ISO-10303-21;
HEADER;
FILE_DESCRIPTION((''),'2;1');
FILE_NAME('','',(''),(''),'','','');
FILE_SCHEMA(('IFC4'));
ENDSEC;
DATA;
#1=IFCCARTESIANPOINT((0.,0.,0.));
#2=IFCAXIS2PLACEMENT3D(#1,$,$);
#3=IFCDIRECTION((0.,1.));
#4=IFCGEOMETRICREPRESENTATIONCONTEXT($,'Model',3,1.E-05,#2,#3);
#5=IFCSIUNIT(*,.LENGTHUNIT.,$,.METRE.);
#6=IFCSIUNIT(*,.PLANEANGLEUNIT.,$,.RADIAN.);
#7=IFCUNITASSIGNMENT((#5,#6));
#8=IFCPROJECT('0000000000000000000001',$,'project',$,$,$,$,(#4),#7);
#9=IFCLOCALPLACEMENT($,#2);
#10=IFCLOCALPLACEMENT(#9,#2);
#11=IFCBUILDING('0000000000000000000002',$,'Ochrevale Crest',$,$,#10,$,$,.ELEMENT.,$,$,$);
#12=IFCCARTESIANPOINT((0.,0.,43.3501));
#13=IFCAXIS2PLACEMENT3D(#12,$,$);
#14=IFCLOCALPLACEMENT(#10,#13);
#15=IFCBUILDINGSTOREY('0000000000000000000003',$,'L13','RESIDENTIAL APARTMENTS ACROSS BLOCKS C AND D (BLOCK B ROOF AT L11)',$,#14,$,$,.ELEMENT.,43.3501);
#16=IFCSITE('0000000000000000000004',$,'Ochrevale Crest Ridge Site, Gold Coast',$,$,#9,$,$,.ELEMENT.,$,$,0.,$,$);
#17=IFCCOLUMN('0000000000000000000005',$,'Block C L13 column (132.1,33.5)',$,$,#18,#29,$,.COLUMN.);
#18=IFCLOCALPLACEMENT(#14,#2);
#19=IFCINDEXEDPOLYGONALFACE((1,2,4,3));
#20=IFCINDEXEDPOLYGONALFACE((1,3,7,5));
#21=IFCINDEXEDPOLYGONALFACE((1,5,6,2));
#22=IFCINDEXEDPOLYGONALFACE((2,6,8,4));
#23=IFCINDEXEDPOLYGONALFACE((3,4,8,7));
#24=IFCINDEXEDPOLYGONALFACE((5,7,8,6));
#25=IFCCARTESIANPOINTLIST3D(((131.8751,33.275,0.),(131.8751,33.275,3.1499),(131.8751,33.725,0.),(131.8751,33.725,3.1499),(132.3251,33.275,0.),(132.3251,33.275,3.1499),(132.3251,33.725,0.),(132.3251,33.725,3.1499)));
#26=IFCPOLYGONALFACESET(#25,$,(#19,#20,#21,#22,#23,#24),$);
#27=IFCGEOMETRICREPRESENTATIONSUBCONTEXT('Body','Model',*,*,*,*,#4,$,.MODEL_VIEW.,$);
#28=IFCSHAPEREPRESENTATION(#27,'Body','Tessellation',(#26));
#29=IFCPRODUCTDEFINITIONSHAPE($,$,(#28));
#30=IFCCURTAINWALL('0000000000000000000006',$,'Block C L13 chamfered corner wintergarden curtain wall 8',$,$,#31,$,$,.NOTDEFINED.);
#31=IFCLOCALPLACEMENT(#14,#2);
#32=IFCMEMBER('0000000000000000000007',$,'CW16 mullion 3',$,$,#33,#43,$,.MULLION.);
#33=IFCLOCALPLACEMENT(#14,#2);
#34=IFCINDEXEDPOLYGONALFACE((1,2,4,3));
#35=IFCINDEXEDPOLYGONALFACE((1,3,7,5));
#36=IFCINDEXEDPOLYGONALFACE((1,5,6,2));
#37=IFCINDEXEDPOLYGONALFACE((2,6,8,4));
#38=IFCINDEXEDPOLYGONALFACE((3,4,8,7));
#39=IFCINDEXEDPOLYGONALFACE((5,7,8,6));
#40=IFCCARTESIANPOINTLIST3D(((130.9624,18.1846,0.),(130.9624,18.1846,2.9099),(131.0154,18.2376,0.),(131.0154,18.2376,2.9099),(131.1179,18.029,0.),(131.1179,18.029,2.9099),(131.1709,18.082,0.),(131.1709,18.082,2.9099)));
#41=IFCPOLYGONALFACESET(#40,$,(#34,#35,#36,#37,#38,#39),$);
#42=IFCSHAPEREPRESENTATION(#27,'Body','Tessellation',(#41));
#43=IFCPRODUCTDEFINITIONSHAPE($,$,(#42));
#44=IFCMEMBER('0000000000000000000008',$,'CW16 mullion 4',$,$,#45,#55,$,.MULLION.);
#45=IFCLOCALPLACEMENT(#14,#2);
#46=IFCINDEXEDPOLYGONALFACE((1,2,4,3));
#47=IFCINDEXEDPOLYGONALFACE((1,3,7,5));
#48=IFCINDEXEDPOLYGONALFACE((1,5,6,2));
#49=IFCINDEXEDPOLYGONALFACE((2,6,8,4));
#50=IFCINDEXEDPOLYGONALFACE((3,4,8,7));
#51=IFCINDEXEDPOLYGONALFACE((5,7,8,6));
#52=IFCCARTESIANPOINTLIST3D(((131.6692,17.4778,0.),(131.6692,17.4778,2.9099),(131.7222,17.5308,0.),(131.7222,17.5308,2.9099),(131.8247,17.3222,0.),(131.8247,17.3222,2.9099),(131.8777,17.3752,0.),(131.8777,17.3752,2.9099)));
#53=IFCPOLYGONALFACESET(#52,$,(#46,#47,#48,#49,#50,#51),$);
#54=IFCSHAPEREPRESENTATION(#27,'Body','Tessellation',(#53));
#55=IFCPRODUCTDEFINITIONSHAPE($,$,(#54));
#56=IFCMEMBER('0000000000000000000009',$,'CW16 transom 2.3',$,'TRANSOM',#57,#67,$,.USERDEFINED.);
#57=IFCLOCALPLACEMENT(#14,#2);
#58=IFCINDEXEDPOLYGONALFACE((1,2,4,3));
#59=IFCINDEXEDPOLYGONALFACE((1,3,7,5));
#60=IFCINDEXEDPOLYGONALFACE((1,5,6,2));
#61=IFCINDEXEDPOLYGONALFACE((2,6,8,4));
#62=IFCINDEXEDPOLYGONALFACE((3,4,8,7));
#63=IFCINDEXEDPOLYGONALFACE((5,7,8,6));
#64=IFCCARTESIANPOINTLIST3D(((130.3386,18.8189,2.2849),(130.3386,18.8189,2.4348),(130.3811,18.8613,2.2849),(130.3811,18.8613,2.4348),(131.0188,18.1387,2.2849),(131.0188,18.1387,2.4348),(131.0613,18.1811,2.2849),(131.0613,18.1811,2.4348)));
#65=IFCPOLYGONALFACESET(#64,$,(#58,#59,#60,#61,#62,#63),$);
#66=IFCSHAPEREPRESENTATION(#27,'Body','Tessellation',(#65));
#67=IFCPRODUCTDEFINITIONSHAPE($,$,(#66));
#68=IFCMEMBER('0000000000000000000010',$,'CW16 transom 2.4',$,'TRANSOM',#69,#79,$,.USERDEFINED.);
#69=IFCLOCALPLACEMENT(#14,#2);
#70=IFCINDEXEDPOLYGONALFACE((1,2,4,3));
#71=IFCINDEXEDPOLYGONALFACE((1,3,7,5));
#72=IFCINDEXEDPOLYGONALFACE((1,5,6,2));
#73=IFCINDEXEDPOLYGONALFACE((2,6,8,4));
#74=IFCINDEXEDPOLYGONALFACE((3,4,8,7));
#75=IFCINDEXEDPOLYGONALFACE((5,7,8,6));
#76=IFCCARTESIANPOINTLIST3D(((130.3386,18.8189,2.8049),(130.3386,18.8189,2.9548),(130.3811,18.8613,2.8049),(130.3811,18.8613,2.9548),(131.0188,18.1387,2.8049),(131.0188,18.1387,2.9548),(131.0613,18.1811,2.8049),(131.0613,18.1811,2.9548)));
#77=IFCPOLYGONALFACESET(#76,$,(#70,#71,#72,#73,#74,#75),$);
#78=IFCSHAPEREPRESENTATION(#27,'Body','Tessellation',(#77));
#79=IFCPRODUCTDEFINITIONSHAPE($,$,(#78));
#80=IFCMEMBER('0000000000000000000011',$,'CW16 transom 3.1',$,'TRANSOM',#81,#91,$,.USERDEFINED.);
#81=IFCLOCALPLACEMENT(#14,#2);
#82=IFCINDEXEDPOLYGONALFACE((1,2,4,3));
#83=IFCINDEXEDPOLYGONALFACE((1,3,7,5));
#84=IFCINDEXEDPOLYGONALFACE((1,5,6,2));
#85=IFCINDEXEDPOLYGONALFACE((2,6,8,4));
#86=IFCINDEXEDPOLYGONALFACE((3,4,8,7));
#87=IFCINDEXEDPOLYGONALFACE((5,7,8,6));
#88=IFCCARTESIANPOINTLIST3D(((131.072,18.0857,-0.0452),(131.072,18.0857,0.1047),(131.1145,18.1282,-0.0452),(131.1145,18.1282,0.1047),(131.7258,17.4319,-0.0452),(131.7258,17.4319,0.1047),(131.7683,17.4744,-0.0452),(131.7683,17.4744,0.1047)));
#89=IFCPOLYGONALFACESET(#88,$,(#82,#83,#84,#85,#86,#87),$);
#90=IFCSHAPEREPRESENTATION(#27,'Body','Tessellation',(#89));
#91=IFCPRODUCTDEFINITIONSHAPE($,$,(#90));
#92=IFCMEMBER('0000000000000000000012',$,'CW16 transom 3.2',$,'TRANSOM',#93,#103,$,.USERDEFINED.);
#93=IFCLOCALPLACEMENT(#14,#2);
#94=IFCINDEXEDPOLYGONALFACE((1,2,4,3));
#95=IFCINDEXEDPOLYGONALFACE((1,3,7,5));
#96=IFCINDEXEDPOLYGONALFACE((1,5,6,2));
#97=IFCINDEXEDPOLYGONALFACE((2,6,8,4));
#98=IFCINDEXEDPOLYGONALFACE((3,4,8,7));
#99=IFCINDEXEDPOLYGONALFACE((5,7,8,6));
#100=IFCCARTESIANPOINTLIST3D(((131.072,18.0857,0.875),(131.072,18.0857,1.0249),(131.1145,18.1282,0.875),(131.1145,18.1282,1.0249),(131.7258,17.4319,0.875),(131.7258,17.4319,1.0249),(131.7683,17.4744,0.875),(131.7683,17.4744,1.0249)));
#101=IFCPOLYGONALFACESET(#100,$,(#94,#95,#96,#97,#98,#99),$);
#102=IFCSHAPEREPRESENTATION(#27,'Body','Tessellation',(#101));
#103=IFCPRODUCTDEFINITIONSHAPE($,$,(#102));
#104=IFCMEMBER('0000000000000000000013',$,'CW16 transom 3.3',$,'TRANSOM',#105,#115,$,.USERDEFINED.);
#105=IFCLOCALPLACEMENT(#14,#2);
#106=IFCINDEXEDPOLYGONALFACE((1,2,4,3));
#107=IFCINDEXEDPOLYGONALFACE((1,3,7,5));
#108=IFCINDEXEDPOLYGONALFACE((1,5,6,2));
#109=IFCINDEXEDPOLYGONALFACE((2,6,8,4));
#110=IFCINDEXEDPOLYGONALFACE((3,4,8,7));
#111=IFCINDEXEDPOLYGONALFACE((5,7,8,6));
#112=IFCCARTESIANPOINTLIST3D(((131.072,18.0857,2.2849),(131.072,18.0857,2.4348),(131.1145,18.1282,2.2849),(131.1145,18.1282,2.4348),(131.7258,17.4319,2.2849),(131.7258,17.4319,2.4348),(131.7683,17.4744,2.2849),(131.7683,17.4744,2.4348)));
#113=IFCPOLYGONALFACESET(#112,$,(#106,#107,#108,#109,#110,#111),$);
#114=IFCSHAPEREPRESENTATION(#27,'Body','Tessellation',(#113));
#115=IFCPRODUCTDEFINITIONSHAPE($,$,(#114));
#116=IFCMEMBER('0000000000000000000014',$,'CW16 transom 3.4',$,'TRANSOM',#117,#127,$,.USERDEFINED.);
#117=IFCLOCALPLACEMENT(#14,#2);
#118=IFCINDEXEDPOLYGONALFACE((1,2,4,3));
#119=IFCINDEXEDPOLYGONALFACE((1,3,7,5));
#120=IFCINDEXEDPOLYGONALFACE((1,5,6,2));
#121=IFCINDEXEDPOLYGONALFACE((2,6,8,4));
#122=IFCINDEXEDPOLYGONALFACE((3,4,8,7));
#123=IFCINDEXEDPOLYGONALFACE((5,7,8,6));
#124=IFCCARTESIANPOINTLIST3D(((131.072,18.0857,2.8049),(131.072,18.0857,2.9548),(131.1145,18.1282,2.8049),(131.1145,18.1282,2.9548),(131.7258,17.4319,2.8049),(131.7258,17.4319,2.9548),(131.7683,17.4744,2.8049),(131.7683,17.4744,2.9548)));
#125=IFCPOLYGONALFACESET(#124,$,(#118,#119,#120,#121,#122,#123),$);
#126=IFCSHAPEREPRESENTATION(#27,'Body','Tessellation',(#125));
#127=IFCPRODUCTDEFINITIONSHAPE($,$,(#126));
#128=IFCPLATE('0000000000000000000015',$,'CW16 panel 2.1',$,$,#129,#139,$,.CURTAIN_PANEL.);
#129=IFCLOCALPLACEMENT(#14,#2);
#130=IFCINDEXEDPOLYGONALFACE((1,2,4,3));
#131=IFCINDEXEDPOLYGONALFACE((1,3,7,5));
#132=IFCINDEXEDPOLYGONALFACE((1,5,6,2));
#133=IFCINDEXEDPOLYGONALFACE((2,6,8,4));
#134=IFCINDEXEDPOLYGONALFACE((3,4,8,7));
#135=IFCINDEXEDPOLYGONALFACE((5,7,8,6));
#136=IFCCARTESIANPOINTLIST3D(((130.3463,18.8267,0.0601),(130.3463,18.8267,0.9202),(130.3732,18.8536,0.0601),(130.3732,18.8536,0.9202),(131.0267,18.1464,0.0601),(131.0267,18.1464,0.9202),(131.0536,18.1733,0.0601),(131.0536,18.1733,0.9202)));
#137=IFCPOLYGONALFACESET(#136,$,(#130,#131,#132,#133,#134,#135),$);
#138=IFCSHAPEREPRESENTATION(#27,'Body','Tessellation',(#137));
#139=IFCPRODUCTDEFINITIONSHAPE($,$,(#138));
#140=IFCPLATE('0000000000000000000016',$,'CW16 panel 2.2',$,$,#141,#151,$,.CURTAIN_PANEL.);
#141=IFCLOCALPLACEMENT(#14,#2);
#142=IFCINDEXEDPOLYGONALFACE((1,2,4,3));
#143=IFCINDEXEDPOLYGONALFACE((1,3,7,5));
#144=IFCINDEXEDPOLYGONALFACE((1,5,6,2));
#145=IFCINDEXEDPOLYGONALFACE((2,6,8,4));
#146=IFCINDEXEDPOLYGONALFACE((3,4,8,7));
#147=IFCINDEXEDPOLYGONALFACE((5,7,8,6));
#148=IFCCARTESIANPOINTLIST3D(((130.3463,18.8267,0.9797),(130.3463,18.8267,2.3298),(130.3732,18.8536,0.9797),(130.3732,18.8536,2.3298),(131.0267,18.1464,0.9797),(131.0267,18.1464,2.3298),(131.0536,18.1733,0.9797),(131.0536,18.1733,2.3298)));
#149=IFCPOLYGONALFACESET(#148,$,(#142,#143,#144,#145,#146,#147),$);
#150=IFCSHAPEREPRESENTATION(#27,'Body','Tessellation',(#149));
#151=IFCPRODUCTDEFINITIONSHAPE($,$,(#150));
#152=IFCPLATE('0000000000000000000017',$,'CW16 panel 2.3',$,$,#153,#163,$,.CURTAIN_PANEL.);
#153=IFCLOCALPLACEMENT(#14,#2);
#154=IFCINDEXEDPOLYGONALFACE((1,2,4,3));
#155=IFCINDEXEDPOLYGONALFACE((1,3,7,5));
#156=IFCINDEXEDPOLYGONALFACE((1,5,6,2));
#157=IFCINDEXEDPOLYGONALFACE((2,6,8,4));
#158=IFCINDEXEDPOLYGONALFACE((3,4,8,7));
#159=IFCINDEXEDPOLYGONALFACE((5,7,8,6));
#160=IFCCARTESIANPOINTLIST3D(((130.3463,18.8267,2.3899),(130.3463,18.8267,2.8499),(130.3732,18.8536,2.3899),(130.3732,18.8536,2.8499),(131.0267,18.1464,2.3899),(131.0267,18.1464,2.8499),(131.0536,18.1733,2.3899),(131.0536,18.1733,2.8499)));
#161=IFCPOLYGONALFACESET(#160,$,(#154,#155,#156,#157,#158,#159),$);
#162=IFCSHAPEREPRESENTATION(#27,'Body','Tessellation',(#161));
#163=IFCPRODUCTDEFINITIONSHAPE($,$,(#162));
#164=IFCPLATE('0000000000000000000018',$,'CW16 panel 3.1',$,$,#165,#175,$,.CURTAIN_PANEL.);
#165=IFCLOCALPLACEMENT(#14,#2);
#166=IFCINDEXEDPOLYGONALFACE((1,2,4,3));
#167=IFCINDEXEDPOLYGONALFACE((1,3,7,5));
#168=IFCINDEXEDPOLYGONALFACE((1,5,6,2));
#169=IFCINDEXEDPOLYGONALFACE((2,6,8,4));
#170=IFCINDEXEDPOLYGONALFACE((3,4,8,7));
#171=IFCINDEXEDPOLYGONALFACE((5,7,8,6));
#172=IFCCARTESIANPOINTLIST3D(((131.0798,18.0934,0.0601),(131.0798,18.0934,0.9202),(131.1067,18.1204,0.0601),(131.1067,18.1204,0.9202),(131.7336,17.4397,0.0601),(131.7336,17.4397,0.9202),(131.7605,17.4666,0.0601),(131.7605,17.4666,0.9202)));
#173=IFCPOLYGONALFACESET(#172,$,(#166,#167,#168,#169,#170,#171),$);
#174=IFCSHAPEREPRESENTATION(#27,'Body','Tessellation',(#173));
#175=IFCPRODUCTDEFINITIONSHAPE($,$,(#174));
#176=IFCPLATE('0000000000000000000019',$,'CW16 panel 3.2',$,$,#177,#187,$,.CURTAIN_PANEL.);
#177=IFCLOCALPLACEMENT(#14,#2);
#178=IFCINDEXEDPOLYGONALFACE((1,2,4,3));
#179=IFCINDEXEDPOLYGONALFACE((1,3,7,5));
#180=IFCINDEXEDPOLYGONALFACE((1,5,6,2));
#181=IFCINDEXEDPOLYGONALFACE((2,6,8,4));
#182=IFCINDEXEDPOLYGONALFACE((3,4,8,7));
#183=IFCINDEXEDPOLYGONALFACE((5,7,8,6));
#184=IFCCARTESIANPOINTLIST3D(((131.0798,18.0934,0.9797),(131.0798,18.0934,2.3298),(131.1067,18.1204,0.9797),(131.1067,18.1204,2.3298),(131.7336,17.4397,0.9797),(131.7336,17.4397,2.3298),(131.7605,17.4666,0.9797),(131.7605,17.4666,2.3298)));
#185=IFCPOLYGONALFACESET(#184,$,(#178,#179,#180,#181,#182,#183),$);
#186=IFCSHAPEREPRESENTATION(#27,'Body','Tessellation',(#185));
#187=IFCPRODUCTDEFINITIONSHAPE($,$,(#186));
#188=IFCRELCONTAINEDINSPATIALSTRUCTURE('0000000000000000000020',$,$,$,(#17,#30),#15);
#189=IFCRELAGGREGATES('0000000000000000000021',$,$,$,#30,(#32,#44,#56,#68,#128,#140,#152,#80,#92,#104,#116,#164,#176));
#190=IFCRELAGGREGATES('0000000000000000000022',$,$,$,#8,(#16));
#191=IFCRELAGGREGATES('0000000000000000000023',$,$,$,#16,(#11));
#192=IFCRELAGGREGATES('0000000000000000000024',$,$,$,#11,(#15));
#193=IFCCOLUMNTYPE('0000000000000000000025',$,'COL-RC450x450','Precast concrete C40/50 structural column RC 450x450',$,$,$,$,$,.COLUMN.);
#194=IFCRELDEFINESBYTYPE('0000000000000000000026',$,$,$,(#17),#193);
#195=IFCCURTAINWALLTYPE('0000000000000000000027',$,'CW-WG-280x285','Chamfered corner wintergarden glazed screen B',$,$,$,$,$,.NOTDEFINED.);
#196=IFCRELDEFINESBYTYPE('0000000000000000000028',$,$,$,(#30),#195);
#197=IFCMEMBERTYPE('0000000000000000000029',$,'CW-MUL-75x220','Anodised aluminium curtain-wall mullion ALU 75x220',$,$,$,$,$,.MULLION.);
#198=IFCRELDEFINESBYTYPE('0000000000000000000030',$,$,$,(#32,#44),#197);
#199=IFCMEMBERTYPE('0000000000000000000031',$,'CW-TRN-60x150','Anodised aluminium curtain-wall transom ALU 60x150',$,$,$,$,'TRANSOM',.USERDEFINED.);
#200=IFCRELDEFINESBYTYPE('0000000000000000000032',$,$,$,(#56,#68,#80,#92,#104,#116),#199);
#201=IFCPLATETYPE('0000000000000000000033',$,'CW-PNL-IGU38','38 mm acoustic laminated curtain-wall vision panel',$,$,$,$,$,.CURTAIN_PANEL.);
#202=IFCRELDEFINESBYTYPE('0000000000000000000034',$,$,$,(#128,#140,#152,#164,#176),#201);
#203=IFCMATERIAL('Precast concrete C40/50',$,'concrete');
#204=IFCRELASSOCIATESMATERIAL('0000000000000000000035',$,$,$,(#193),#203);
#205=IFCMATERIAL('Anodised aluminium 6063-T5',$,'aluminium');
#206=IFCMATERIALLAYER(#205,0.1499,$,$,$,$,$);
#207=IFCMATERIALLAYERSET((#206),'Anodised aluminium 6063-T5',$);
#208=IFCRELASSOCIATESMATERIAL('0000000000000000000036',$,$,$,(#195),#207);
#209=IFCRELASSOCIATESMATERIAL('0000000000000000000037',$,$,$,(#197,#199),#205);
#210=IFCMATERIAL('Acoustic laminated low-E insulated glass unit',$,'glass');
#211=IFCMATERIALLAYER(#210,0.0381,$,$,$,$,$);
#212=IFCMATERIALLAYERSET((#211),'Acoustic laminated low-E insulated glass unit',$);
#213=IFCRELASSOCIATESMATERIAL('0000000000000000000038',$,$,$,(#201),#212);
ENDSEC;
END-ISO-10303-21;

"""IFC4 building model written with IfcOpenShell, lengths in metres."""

from ifc_helpers import new_model, si_unit, direction, frame, origin, origin_2d, place, context, subcontext, project, spatial, rectangle, extrude, material, layer, layer_set, material_profile, profile_set, type_object, element, aggregate, save


model = new_model("IFC4")

# Units and contexts
model_context = context("Model", 3, precision=1e-05, world=origin(), true_north=direction((0.0, 1.0)))
body_context = subcontext(model_context, "Body", "Model", "MODEL_VIEW")
ifc_project = project(units=[si_unit("LENGTHUNIT", "METRE"), si_unit("PLANEANGLEUNIT", "RADIAN")], contexts=[model_context])

# Site, building, storey
site_placement = place(None, origin())
site = spatial("IfcSite", under=ifc_project, at=site_placement, Name="Ochrevale Crest Ridge Site, Gold Coast", CompositionType="ELEMENT", RefElevation=0.0)
building_placement = place(site_placement, origin())
building = spatial("IfcBuilding", under=site, at=building_placement, Name="Ochrevale Crest", CompositionType="ELEMENT")
storey_placement = place(building_placement, frame((0.0, 0.0, 43.3501)))
storey = spatial("IfcBuildingStorey", under=building, at=storey_placement, Name="L13", Description="RESIDENTIAL APARTMENTS ACROSS BLOCKS C AND D (BLOCK B ROOF AT L11)", CompositionType="ELEMENT", Elevation=43.3501)

# Column
ifc_material_1 = material(Name="Precast concrete C40/50", Category="concrete")
ifc_material_profile_1 = material_profile(ifc_material_1, rectangle(XDim=0.45, YDim=0.45, at=origin_2d()), Name="RC 450x450")
ifc_profile_set_1 = profile_set([ifc_material_profile_1], Name="Precast concrete C40/50")
column_type = type_object("IfcColumnType", Name="COL-RC450x450", Description="Precast concrete C40/50 structural column RC 450x450", PredefinedType="COLUMN", material=ifc_profile_set_1)
column_placement = place(storey_placement, frame((132.1001, 33.5, 0.0), z_axis=(0.0, 0.0, 1.0), x_axis=(1.0, 0.0, 0.0)))
element("IfcColumn", 1, at=column_placement, inside=storey, type_object=column_type, Name="Block C L13 column (132.1,33.5)", PredefinedType="COLUMN", context=body_context, shape_type="SweptSolid", body=[
    extrude(rectangle(XDim=0.45, YDim=0.45, at=origin_2d()), origin(), (0.0, 0.0, 1.0), 3.1499),
])

# Curtain wall, members, plates
ifc_material_2 = material(Name="Anodised aluminium 6063-T5", Category="aluminium")
ifc_layer_1 = layer(ifc_material_2, 0.1499)
ifc_layer_set_1 = layer_set([ifc_layer_1], Name="Anodised aluminium 6063-T5")
curtain_wall_type = type_object("IfcCurtainWallType", Name="CW-WG-280x285", Description="Chamfered corner wintergarden glazed screen B", PredefinedType="NOTDEFINED", material=ifc_layer_set_1)
curtain_wall_placement = place(storey_placement, origin())
curtain_wall = element("IfcCurtainWall", 2, at=curtain_wall_placement, inside=storey, type_object=curtain_wall_type, Name="Block C L13 chamfered corner wintergarden curtain wall 8", PredefinedType="NOTDEFINED")
ifc_material_profile_2 = material_profile(ifc_material_2, rectangle(XDim=0.075, YDim=0.22, at=origin_2d()), Name="ALU 75x220")
ifc_profile_set_2 = profile_set([ifc_material_profile_2], Name="Anodised aluminium 6063-T5")
member_type_1 = type_object("IfcMemberType", Name="CW-MUL-75x220", Description="Anodised aluminium curtain-wall mullion ALU 75x220", PredefinedType="MULLION", material=ifc_profile_set_2)
member_1_placement = place(storey_placement, frame((131.0667, 18.1333, 0.0), z_axis=(0.0, 0.0, 1.0), x_axis=(0.707107, 0.707107, 0.0)))
member_1 = element("IfcMember", 3, at=member_1_placement, type_object=member_type_1, Name="CW16 mullion 3", PredefinedType="MULLION", context=body_context, shape_type="SweptSolid", body=[
    extrude(rectangle(XDim=0.075, YDim=0.22, at=origin_2d()), origin(), (0.0, 0.0, 1.0), 2.9099),
])
member_2_placement = place(storey_placement, frame((131.7734, 17.4265, 0.0), z_axis=(0.0, 0.0, 1.0), x_axis=(0.707107, 0.707107, 0.0)))
member_2 = element("IfcMember", 4, at=member_2_placement, type_object=member_type_1, Name="CW16 mullion 4", PredefinedType="MULLION", context=body_context, shape_type="SweptSolid", body=[
    extrude(rectangle(XDim=0.075, YDim=0.22, at=origin_2d()), origin(), (0.0, 0.0, 1.0), 2.9099),
])
ifc_material_profile_3 = material_profile(ifc_material_2, rectangle(XDim=0.0601, YDim=0.1499, at=origin_2d()), Name="ALU 60x150")
ifc_profile_set_3 = profile_set([ifc_material_profile_3], Name="Anodised aluminium 6063-T5")
member_type_2 = type_object("IfcMemberType", Name="CW-TRN-60x150", Description="Anodised aluminium curtain-wall transom ALU 60x150", ElementType="TRANSOM", PredefinedType="USERDEFINED", material=ifc_profile_set_3)
member_3_placement = place(storey_placement, frame((130.3599, 18.8401, 2.3599), z_axis=(0.707107, -0.707107, 0.0), x_axis=(0.707107, 0.707107, 0.0)))
member_3 = element("IfcMember", 5, at=member_3_placement, type_object=member_type_2, Name="CW16 transom 2.3", ObjectType="TRANSOM", PredefinedType="USERDEFINED", context=body_context, shape_type="SweptSolid", body=[
    extrude(rectangle(XDim=0.0601, YDim=0.1499, at=origin_2d()), origin(), (0.0, 0.0, 1.0), 0.9619),
])
member_4_placement = place(storey_placement, frame((130.3599, 18.8401, 2.8799), z_axis=(0.707107, -0.707107, 0.0), x_axis=(0.707107, 0.707107, 0.0)))
member_4 = element("IfcMember", 6, at=member_4_placement, type_object=member_type_2, Name="CW16 transom 2.4", ObjectType="TRANSOM", PredefinedType="USERDEFINED", context=body_context, shape_type="SweptSolid", body=[
    extrude(rectangle(XDim=0.0601, YDim=0.1499, at=origin_2d()), origin(), (0.0, 0.0, 1.0), 0.9619),
])
member_5_placement = place(storey_placement, frame((131.0933, 18.1069, 0.0298), z_axis=(0.707107, -0.707107, 0.0), x_axis=(0.707107, 0.707107, 0.0)))
member_5 = element("IfcMember", 7, at=member_5_placement, type_object=member_type_2, Name="CW16 transom 3.1", ObjectType="TRANSOM", PredefinedType="USERDEFINED", context=body_context, shape_type="SweptSolid", body=[
    extrude(rectangle(XDim=0.0601, YDim=0.1499, at=origin_2d()), origin(), (0.0, 0.0, 1.0), 0.9246),
])
member_6_placement = place(storey_placement, frame((131.0933, 18.1069, 0.95), z_axis=(0.707107, -0.707107, 0.0), x_axis=(0.707107, 0.707107, 0.0)))
member_6 = element("IfcMember", 8, at=member_6_placement, type_object=member_type_2, Name="CW16 transom 3.2", ObjectType="TRANSOM", PredefinedType="USERDEFINED", context=body_context, shape_type="SweptSolid", body=[
    extrude(rectangle(XDim=0.0601, YDim=0.1499, at=origin_2d()), origin(), (0.0, 0.0, 1.0), 0.9246),
])
member_7_placement = place(storey_placement, frame((131.0933, 18.1069, 2.3599), z_axis=(0.707107, -0.707107, 0.0), x_axis=(0.707107, 0.707107, 0.0)))
member_7 = element("IfcMember", 9, at=member_7_placement, type_object=member_type_2, Name="CW16 transom 3.3", ObjectType="TRANSOM", PredefinedType="USERDEFINED", context=body_context, shape_type="SweptSolid", body=[
    extrude(rectangle(XDim=0.0601, YDim=0.1499, at=origin_2d()), origin(), (0.0, 0.0, 1.0), 0.9246),
])
member_8_placement = place(storey_placement, frame((131.0933, 18.1069, 2.8799), z_axis=(0.707107, -0.707107, 0.0), x_axis=(0.707107, 0.707107, 0.0)))
member_8 = element("IfcMember", 10, at=member_8_placement, type_object=member_type_2, Name="CW16 transom 3.4", ObjectType="TRANSOM", PredefinedType="USERDEFINED", context=body_context, shape_type="SweptSolid", body=[
    extrude(rectangle(XDim=0.0601, YDim=0.1499, at=origin_2d()), origin(), (0.0, 0.0, 1.0), 0.9246),
])
ifc_material_3 = material(Name="Acoustic laminated low-E insulated glass unit", Category="glass")
ifc_layer_2 = layer(ifc_material_3, 0.0381)
ifc_layer_set_2 = layer_set([ifc_layer_2], Name="Acoustic laminated low-E insulated glass unit")
plate_type = type_object("IfcPlateType", Name="CW-PNL-IGU38", Description="38 mm acoustic laminated curtain-wall vision panel", PredefinedType="CURTAIN_PANEL", material=ifc_layer_set_2)
plate_1_placement = place(storey_placement, frame((130.7, 18.5, 0.0601), z_axis=(0.0, 0.0, 1.0), x_axis=(0.707107, -0.707107, 0.0)))
plate_1 = element("IfcPlate", 11, at=plate_1_placement, type_object=plate_type, Name="CW16 panel 2.1", PredefinedType="CURTAIN_PANEL", context=body_context, shape_type="SweptSolid", body=[
    extrude(rectangle(XDim=0.9622, YDim=0.0381, at=origin_2d()), origin(), (0.0, 0.0, 1.0), 0.8601),
])
plate_2_placement = place(storey_placement, frame((130.7, 18.5, 0.9797), z_axis=(0.0, 0.0, 1.0), x_axis=(0.707107, -0.707107, 0.0)))
plate_2 = element("IfcPlate", 12, at=plate_2_placement, type_object=plate_type, Name="CW16 panel 2.2", PredefinedType="CURTAIN_PANEL", context=body_context, shape_type="SweptSolid", body=[
    extrude(rectangle(XDim=0.9622, YDim=0.0381, at=origin_2d()), origin(), (0.0, 0.0, 1.0), 1.3501),
])
plate_3_placement = place(storey_placement, frame((130.7, 18.5, 2.3899), z_axis=(0.0, 0.0, 1.0), x_axis=(0.707107, -0.707107, 0.0)))
plate_3 = element("IfcPlate", 13, at=plate_3_placement, type_object=plate_type, Name="CW16 panel 2.3", PredefinedType="CURTAIN_PANEL", context=body_context, shape_type="SweptSolid", body=[
    extrude(rectangle(XDim=0.9622, YDim=0.0381, at=origin_2d()), origin(), (0.0, 0.0, 1.0), 0.46),
])
plate_4_placement = place(storey_placement, frame((131.4202, 17.78, 0.0601), z_axis=(0.0, 0.0, 1.0), x_axis=(0.707107, -0.707107, 0.0)))
plate_4 = element("IfcPlate", 14, at=plate_4_placement, type_object=plate_type, Name="CW16 panel 3.1", PredefinedType="CURTAIN_PANEL", context=body_context, shape_type="SweptSolid", body=[
    extrude(rectangle(XDim=0.9246, YDim=0.0381, at=origin_2d()), origin(), (0.0, 0.0, 1.0), 0.8601),
])
plate_5_placement = place(storey_placement, frame((131.4202, 17.78, 0.9797), z_axis=(0.0, 0.0, 1.0), x_axis=(0.707107, -0.707107, 0.0)))
plate_5 = element("IfcPlate", 15, at=plate_5_placement, type_object=plate_type, Name="CW16 panel 3.2", PredefinedType="CURTAIN_PANEL", context=body_context, shape_type="SweptSolid", body=[
    extrude(rectangle(XDim=0.9246, YDim=0.0381, at=origin_2d()), origin(), (0.0, 0.0, 1.0), 1.3501),
])
aggregate(curtain_wall, [member_1, member_2, member_3, member_4, plate_1, plate_2, plate_3, member_5, member_6, member_7, member_8, plate_4, plate_5])

save(model, "model.ifc")
